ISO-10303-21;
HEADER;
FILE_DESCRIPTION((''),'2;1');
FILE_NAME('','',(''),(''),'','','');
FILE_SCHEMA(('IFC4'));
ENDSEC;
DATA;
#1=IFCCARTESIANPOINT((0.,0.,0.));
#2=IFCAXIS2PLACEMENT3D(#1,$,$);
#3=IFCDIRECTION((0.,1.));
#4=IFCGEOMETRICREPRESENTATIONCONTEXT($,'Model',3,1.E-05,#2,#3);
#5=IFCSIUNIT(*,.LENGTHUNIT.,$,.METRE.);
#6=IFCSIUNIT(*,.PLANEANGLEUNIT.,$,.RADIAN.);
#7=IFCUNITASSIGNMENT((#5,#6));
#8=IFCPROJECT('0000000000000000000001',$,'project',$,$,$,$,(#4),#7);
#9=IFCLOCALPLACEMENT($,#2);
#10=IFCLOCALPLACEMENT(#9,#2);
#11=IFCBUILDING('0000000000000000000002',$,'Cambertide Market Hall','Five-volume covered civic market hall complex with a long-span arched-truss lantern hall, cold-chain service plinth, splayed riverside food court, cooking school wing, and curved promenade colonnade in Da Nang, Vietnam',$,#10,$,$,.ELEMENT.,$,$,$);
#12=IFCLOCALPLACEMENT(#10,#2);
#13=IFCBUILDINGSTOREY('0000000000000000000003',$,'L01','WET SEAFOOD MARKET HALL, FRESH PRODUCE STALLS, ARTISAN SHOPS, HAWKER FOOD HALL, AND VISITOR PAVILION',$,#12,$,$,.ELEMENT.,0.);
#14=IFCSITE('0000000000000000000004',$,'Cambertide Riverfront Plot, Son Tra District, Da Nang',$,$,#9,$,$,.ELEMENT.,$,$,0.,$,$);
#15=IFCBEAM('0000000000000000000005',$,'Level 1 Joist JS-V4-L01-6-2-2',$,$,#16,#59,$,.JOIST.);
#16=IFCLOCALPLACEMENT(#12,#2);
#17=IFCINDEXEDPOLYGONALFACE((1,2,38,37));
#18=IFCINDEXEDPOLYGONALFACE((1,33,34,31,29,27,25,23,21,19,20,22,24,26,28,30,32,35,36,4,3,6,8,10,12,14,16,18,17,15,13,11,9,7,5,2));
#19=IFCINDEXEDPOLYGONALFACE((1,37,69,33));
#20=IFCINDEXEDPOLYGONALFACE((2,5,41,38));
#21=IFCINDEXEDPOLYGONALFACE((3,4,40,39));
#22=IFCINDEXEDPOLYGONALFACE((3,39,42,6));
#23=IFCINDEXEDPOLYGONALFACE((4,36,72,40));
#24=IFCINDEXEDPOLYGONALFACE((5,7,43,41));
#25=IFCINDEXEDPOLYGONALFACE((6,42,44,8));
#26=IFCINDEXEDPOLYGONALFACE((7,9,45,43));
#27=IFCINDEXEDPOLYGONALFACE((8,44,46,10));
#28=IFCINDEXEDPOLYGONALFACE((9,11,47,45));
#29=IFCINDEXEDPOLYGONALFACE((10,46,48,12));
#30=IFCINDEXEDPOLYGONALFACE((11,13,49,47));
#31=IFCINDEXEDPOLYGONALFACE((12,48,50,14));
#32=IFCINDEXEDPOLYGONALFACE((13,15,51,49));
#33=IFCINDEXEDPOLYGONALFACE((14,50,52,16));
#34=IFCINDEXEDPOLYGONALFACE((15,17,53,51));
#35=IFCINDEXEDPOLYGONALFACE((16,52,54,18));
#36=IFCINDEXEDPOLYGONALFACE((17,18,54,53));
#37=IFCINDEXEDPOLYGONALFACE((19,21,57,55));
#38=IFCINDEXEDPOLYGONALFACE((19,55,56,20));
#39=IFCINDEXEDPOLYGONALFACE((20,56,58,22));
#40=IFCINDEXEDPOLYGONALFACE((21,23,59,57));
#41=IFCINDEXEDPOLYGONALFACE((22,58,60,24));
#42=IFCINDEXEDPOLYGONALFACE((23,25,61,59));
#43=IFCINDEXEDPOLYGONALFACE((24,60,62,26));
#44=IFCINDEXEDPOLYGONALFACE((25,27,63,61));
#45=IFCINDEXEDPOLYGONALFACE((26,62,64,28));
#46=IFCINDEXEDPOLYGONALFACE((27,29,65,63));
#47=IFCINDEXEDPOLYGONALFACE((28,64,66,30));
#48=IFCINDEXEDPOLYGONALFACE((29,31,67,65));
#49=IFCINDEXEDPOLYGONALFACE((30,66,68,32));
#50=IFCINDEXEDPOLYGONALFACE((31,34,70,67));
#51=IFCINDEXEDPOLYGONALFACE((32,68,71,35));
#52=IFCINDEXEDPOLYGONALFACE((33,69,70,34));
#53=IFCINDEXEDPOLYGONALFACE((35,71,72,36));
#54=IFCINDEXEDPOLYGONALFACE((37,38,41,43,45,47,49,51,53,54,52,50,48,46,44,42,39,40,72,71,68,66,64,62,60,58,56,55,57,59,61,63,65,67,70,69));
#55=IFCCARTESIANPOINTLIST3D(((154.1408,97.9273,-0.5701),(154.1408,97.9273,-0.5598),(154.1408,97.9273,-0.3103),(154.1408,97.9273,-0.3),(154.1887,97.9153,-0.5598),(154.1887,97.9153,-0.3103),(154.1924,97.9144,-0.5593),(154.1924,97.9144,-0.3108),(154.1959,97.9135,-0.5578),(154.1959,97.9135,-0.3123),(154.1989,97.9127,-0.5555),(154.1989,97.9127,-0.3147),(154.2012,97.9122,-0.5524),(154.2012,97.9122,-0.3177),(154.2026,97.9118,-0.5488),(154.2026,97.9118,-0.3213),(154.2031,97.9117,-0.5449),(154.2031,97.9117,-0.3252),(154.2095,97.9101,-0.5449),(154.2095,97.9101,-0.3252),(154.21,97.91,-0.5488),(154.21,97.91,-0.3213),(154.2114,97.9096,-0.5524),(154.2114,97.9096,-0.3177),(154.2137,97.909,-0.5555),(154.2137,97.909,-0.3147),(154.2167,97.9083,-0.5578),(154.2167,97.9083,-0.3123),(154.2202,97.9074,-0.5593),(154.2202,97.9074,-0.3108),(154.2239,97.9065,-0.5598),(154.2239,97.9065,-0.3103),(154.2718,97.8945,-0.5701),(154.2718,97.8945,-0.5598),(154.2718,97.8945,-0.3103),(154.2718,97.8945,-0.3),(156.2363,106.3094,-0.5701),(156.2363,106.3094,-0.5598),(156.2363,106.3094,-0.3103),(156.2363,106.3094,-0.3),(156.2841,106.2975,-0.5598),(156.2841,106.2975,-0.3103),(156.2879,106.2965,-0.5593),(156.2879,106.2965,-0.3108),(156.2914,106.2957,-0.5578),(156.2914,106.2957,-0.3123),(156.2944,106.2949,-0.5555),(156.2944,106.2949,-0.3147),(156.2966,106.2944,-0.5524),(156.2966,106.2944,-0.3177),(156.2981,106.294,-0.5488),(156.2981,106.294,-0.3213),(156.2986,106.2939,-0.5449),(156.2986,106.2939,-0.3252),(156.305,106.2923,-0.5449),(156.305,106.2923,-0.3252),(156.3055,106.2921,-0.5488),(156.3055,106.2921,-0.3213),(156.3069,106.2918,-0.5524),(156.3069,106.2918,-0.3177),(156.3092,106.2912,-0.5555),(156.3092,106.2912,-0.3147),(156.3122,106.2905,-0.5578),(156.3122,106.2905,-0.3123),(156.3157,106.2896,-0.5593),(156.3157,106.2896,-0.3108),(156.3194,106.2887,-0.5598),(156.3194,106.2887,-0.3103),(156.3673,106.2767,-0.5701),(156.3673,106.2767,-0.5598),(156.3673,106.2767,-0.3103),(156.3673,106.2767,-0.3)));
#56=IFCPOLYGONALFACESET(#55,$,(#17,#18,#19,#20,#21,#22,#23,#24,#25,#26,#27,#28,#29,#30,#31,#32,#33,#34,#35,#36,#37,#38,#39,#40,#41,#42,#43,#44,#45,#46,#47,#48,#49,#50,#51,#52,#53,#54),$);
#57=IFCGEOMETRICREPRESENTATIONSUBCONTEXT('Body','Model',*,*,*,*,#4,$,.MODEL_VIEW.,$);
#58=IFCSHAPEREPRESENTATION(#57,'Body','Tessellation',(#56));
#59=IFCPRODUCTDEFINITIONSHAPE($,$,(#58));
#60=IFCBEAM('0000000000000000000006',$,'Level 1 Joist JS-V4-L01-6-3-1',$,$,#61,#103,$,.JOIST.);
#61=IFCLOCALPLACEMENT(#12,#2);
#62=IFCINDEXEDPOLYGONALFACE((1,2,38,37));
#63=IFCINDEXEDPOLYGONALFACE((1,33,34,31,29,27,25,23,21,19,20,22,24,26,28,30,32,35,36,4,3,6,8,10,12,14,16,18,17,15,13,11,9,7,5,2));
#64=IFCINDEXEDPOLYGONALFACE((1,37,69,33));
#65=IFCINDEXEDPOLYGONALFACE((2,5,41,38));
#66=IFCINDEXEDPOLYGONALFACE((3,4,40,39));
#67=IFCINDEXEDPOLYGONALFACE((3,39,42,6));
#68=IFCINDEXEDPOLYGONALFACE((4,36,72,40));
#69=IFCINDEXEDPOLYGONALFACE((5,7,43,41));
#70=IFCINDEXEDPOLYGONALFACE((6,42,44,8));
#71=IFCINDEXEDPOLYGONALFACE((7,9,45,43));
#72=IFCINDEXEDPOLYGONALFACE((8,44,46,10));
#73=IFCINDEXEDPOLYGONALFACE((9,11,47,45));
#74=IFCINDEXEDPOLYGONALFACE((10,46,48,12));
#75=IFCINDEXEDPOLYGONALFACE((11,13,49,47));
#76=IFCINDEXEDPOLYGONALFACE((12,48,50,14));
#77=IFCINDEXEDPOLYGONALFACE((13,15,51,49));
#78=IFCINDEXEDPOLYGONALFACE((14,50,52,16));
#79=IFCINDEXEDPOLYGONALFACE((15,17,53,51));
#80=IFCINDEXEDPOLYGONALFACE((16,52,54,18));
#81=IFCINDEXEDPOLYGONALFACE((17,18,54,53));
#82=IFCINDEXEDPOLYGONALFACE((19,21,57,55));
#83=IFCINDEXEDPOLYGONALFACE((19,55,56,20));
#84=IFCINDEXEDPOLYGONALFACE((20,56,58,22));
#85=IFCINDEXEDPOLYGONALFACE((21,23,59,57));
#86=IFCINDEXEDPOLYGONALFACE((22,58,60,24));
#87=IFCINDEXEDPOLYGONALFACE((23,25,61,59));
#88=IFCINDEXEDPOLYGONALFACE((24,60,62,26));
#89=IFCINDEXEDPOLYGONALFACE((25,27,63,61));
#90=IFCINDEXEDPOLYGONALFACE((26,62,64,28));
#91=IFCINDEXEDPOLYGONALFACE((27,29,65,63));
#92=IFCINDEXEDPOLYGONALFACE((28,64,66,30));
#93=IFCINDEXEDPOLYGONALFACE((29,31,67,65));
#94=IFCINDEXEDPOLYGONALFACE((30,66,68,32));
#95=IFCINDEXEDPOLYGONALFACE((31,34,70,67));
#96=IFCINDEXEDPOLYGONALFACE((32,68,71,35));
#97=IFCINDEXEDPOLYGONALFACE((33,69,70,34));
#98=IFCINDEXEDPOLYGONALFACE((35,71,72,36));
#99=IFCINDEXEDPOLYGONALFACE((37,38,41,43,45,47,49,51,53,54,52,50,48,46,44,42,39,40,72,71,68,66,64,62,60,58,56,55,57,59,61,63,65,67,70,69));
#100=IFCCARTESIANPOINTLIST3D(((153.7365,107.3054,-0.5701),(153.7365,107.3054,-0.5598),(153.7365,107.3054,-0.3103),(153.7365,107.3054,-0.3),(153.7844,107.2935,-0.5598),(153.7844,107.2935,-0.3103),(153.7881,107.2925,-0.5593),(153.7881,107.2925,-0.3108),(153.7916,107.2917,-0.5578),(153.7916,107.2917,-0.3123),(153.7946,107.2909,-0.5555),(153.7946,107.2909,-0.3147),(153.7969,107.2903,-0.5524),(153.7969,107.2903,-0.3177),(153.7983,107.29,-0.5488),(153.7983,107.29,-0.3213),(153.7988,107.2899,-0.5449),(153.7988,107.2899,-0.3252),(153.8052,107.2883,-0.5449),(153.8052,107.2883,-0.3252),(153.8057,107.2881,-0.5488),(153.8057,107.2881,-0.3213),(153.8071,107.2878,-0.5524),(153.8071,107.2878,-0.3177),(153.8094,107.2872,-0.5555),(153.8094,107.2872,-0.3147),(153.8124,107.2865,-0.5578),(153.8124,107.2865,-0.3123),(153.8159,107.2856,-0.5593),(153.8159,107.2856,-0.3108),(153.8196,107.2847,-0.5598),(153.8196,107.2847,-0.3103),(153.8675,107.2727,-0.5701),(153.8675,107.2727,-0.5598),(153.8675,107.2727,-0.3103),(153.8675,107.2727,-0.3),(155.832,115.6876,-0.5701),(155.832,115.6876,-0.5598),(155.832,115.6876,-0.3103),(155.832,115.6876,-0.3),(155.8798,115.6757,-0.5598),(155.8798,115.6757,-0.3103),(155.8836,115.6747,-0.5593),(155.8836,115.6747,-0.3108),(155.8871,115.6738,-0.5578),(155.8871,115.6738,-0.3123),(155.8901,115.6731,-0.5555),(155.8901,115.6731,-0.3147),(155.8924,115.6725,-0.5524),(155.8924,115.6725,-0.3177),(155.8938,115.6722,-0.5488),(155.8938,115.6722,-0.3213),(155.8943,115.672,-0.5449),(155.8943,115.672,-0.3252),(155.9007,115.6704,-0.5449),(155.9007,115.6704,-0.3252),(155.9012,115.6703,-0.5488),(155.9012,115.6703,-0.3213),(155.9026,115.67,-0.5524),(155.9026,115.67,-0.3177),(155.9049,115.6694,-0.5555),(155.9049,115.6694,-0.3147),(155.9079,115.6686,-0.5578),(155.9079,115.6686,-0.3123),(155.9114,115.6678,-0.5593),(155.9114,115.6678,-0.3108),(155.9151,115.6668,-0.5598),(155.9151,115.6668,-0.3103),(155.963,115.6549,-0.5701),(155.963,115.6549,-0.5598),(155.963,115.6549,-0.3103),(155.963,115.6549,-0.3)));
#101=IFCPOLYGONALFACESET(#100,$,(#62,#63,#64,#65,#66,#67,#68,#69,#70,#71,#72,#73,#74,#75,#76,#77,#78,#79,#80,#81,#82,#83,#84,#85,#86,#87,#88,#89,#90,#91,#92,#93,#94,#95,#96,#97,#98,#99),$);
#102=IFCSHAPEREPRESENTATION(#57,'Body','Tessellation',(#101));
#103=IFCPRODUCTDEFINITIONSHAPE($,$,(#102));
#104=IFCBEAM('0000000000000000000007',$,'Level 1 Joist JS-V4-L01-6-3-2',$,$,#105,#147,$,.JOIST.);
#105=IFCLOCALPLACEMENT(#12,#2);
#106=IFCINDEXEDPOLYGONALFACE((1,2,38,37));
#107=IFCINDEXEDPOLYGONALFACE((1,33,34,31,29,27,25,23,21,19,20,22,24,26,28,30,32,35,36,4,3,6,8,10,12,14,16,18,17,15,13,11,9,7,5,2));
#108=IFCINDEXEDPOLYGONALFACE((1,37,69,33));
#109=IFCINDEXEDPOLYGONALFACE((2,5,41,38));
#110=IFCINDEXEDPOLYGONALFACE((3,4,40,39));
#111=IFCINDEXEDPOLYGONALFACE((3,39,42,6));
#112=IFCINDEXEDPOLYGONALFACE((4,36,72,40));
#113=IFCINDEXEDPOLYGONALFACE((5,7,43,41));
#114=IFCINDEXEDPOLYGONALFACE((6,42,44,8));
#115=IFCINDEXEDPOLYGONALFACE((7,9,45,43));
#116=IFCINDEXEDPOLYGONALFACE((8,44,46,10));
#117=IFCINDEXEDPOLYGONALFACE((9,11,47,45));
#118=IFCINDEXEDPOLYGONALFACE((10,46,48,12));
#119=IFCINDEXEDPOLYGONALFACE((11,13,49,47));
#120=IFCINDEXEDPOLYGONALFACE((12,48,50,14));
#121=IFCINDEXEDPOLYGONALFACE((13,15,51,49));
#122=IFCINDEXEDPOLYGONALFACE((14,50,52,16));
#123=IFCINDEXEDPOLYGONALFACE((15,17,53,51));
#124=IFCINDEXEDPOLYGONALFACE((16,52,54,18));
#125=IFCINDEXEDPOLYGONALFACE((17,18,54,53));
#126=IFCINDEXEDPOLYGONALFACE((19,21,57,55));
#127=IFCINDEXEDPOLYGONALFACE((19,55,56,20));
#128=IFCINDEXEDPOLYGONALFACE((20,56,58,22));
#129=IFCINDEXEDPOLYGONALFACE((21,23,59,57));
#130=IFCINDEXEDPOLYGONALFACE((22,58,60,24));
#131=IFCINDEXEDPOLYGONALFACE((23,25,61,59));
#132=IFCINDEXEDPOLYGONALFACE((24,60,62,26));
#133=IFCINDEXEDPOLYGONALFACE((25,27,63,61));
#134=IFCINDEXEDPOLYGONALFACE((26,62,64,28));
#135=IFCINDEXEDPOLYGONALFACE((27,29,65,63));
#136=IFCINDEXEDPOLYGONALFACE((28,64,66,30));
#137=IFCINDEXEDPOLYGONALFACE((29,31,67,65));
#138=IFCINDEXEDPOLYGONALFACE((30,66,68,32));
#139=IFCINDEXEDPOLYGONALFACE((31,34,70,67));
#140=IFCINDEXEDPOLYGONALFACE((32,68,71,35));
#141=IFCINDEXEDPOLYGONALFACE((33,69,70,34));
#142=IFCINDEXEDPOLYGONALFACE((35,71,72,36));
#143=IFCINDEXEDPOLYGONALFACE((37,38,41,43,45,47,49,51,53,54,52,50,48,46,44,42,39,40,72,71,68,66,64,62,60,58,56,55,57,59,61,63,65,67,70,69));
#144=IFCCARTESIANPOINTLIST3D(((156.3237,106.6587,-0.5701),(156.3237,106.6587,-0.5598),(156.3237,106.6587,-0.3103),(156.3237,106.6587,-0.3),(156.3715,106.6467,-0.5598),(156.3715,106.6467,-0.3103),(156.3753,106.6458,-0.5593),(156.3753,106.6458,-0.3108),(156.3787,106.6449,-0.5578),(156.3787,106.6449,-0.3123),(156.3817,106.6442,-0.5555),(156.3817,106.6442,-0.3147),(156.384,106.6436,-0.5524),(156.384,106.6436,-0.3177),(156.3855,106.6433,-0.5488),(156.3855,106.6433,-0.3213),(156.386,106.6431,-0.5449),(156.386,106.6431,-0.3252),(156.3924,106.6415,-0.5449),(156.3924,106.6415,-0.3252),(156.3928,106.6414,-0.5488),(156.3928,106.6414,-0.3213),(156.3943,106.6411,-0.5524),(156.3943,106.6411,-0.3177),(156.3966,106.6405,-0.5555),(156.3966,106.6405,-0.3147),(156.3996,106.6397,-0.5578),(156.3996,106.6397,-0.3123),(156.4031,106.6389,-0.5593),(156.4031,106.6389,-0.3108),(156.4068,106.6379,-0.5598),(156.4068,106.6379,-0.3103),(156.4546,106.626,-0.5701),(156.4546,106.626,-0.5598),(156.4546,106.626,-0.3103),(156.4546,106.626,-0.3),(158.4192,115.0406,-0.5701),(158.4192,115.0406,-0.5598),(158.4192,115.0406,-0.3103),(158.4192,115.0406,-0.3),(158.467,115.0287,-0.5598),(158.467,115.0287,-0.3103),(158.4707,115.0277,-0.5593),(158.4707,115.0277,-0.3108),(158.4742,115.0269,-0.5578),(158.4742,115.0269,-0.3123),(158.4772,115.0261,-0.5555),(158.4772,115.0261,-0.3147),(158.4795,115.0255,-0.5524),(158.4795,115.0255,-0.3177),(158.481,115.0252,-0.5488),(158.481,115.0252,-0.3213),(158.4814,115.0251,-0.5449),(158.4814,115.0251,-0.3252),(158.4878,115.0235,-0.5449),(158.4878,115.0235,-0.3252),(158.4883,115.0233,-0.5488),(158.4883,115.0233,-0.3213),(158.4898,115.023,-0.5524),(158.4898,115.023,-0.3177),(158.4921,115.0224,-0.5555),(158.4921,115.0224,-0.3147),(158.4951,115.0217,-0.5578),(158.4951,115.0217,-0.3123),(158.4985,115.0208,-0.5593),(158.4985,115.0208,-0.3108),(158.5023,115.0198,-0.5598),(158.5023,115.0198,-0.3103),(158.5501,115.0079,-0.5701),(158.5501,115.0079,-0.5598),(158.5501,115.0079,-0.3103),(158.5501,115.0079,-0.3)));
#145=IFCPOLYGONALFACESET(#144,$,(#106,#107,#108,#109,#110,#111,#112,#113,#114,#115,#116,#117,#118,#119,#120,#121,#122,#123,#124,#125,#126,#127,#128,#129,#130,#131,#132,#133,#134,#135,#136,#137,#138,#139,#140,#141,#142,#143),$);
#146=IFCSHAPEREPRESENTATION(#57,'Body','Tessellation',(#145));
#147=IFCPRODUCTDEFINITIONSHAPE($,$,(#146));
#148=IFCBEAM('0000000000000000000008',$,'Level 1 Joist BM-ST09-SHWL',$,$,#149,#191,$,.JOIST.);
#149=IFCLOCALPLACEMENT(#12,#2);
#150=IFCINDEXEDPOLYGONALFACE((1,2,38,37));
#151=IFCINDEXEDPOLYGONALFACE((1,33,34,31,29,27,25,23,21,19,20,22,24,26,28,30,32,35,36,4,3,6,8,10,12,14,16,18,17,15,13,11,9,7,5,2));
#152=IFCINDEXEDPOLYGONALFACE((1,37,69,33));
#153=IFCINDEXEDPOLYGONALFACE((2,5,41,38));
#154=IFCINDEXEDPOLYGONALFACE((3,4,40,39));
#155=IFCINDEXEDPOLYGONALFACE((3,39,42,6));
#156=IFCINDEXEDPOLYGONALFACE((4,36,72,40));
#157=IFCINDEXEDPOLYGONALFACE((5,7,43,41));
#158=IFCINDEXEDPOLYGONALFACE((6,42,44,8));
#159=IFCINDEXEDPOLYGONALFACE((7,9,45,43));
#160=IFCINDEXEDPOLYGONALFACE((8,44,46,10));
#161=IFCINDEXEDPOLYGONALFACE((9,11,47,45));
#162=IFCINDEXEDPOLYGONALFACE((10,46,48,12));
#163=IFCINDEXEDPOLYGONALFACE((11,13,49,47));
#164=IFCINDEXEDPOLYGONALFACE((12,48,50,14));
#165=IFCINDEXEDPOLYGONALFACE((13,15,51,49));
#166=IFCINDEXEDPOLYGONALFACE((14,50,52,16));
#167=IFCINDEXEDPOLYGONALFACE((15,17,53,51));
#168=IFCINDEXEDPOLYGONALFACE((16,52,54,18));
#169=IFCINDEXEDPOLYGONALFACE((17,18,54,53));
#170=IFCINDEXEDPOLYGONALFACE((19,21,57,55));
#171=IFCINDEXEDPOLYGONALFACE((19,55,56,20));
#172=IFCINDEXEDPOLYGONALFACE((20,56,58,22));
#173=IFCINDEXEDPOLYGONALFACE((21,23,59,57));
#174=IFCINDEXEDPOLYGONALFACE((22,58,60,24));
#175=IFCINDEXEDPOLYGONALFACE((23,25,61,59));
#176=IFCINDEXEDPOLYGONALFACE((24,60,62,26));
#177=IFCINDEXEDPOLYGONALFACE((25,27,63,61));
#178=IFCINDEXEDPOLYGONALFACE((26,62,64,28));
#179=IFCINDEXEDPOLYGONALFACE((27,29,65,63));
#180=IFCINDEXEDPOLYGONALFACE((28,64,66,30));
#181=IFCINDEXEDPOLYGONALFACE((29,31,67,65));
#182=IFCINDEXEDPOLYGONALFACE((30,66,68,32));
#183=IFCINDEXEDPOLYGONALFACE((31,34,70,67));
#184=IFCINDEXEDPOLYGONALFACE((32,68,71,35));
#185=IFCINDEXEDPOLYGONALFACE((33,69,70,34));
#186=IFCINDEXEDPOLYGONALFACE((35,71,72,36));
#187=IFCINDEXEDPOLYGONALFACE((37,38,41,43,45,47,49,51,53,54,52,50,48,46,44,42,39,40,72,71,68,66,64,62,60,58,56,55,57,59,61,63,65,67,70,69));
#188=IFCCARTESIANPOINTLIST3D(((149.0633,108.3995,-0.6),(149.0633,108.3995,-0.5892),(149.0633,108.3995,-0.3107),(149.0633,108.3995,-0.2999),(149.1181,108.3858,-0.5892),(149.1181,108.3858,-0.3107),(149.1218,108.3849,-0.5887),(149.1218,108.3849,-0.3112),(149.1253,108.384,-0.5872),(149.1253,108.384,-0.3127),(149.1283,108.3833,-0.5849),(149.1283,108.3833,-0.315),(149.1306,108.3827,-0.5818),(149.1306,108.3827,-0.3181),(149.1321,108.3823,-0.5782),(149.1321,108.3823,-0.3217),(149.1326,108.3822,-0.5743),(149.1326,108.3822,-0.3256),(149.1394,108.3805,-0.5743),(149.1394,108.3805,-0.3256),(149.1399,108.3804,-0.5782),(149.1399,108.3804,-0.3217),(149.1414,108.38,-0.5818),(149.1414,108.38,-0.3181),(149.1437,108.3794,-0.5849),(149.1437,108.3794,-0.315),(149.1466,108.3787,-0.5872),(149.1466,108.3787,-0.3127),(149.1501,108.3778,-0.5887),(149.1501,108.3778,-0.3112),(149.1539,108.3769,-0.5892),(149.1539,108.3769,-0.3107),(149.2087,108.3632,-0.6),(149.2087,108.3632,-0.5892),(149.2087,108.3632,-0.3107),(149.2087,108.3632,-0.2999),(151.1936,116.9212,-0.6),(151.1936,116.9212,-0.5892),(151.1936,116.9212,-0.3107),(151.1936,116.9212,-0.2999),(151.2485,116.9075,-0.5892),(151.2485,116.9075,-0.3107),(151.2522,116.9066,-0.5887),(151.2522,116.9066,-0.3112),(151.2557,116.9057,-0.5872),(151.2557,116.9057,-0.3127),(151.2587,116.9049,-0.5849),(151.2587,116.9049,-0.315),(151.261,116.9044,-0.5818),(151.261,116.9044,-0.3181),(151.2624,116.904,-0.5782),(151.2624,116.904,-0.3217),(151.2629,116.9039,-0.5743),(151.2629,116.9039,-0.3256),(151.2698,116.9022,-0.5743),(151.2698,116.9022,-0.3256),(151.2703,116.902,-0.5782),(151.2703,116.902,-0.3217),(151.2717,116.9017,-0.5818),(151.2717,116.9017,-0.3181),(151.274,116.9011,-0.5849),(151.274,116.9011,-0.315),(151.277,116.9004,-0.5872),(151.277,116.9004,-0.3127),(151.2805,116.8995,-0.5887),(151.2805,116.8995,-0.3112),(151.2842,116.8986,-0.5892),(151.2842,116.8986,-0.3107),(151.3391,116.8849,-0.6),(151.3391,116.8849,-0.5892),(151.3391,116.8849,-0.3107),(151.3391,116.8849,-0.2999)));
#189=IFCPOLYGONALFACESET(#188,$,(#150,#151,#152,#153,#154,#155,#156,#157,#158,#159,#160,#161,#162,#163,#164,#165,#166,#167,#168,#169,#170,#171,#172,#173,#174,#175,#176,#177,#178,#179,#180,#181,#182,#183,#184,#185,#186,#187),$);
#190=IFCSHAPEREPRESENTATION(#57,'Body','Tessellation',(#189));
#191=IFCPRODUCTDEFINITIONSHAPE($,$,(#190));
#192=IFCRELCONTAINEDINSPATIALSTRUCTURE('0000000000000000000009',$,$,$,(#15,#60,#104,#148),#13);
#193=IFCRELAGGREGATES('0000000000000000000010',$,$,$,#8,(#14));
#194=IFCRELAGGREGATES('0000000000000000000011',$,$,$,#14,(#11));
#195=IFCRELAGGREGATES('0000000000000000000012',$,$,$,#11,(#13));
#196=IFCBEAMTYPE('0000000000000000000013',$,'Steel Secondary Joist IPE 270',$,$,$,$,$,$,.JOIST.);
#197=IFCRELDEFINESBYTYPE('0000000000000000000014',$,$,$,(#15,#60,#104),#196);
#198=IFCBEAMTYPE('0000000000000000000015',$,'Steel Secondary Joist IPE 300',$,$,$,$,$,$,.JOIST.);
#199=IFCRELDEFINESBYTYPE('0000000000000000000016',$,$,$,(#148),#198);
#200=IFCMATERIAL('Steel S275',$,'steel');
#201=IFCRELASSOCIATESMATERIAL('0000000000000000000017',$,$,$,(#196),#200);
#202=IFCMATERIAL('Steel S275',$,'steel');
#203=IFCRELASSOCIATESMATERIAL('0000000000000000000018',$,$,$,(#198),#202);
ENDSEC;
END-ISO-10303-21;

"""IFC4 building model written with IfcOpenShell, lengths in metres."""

from ifc_helpers import new_model, si_unit, direction, frame, origin, origin_2d, place, context, subcontext, project, spatial, i_section, extrude, material, material_profile, profile_set, type_object, element, save


model = new_model("IFC4")

# Units and contexts
model_context = context("Model", 3, precision=1e-05, world=origin(), true_north=direction((0.0, 1.0)))
body_context = subcontext(model_context, "Body", "Model", "MODEL_VIEW")
ifc_project = project(units=[si_unit("LENGTHUNIT", "METRE"), si_unit("PLANEANGLEUNIT", "RADIAN")], contexts=[model_context])

# Site, building, storey
site_placement = place(None, origin())
site = spatial("IfcSite", under=ifc_project, at=site_placement, Name="Cambertide Riverfront Plot, Son Tra District, Da Nang", CompositionType="ELEMENT", RefElevation=0.0)
building_placement = place(site_placement, origin())
building = spatial("IfcBuilding", under=site, at=building_placement, Name="Cambertide Market Hall", Description="Five-volume covered civic market hall complex with a long-span arched-truss lantern hall, cold-chain service plinth, splayed riverside food court, cooking school wing, and curved promenade colonnade in Da Nang, Vietnam", CompositionType="ELEMENT")
storey_placement = place(building_placement, origin())
storey = spatial("IfcBuildingStorey", under=building, at=storey_placement, Name="L01", Description="WET SEAFOOD MARKET HALL, FRESH PRODUCE STALLS, ARTISAN SHOPS, HAWKER FOOD HALL, AND VISITOR PAVILION", CompositionType="ELEMENT", Elevation=0.0)

# Beams
ifc_material_1 = material(Name="Steel S275", Category="steel")
ifc_material_profile_1 = material_profile(ifc_material_1, i_section(OverallWidth=0.135, OverallDepth=0.27, WebThickness=0.0066, FlangeThickness=0.0103, FilletRadius=0.0149, at=origin_2d()), Name="IPE 270")
ifc_profile_set_1 = profile_set([ifc_material_profile_1], Name="Steel S275")
beam_type_1 = type_object("IfcBeamType", Name="Steel Secondary Joist IPE 270", PredefinedType="JOIST", material=ifc_profile_set_1)
for number, where, z_axis, x_axis, name in (
    (1, (154.2063, 97.9109, -0.4351), (0.242529, 0.970144, 0.0), (-0.970144, 0.242529, 0.0), "Level 1 Joist JS-V4-L01-6-2-2"),
    (2, (153.802, 107.2891, -0.4351), (0.242529, 0.970144, 0.0), (-0.970144, 0.242529, 0.0), "Level 1 Joist JS-V4-L01-6-3-1"),
):
    element("IfcBeam", number, at=place(storey_placement, frame(where, z_axis=z_axis, x_axis=x_axis)), inside=storey, type_object=beam_type_1, Name=name, PredefinedType="JOIST", context=body_context, shape_type="SweptSolid", body=[
        extrude(i_section(OverallWidth=0.135, OverallDepth=0.27, WebThickness=0.0066, FlangeThickness=0.0103, FilletRadius=0.0149, at=origin_2d()), origin(), (0.0, 0.0, 1.0), 8.6401),
    ])
beam_1_placement = place(storey_placement, frame((156.3892, 106.6423, -0.4351), z_axis=(0.242536, 0.970143, 0.0), x_axis=(-0.970143, 0.242536, 0.0)))
element("IfcBeam", 3, at=beam_1_placement, inside=storey, type_object=beam_type_1, Name="Level 1 Joist JS-V4-L01-6-3-2", PredefinedType="JOIST", context=body_context, shape_type="SweptSolid", body=[
    extrude(i_section(OverallWidth=0.135, OverallDepth=0.27, WebThickness=0.0066, FlangeThickness=0.0103, FilletRadius=0.0149, at=origin_2d()), origin(), (0.0, 0.0, 1.0), 8.6399),
])
ifc_material_2 = material(Name="Steel S275", Category="steel")
ifc_material_profile_2 = material_profile(ifc_material_2, i_section(OverallWidth=0.1499, OverallDepth=0.3, WebThickness=0.0071, FlangeThickness=0.0107, FilletRadius=0.0149, at=origin_2d()), Name="IPE 300")
ifc_profile_set_2 = profile_set([ifc_material_profile_2], Name="Steel S275")
beam_type_2 = type_object("IfcBeamType", Name="Steel Secondary Joist IPE 300", PredefinedType="JOIST", material=ifc_profile_set_2)
beam_2_placement = place(storey_placement, frame((149.136, 108.3813, -0.45), z_axis=(0.242529, 0.970144, 0.0), x_axis=(-0.970144, 0.242529, 0.0)))
element("IfcBeam", 4, at=beam_2_placement, inside=storey, type_object=beam_type_2, Name="Level 1 Joist BM-ST09-SHWL", PredefinedType="JOIST", context=body_context, shape_type="SweptSolid", body=[
    extrude(i_section(OverallWidth=0.1499, OverallDepth=0.3, WebThickness=0.0071, FlangeThickness=0.0107, FilletRadius=0.0149, at=origin_2d()), origin(), (0.0, 0.0, 1.0), 8.7839),
])

save(model, "model.ifc")
